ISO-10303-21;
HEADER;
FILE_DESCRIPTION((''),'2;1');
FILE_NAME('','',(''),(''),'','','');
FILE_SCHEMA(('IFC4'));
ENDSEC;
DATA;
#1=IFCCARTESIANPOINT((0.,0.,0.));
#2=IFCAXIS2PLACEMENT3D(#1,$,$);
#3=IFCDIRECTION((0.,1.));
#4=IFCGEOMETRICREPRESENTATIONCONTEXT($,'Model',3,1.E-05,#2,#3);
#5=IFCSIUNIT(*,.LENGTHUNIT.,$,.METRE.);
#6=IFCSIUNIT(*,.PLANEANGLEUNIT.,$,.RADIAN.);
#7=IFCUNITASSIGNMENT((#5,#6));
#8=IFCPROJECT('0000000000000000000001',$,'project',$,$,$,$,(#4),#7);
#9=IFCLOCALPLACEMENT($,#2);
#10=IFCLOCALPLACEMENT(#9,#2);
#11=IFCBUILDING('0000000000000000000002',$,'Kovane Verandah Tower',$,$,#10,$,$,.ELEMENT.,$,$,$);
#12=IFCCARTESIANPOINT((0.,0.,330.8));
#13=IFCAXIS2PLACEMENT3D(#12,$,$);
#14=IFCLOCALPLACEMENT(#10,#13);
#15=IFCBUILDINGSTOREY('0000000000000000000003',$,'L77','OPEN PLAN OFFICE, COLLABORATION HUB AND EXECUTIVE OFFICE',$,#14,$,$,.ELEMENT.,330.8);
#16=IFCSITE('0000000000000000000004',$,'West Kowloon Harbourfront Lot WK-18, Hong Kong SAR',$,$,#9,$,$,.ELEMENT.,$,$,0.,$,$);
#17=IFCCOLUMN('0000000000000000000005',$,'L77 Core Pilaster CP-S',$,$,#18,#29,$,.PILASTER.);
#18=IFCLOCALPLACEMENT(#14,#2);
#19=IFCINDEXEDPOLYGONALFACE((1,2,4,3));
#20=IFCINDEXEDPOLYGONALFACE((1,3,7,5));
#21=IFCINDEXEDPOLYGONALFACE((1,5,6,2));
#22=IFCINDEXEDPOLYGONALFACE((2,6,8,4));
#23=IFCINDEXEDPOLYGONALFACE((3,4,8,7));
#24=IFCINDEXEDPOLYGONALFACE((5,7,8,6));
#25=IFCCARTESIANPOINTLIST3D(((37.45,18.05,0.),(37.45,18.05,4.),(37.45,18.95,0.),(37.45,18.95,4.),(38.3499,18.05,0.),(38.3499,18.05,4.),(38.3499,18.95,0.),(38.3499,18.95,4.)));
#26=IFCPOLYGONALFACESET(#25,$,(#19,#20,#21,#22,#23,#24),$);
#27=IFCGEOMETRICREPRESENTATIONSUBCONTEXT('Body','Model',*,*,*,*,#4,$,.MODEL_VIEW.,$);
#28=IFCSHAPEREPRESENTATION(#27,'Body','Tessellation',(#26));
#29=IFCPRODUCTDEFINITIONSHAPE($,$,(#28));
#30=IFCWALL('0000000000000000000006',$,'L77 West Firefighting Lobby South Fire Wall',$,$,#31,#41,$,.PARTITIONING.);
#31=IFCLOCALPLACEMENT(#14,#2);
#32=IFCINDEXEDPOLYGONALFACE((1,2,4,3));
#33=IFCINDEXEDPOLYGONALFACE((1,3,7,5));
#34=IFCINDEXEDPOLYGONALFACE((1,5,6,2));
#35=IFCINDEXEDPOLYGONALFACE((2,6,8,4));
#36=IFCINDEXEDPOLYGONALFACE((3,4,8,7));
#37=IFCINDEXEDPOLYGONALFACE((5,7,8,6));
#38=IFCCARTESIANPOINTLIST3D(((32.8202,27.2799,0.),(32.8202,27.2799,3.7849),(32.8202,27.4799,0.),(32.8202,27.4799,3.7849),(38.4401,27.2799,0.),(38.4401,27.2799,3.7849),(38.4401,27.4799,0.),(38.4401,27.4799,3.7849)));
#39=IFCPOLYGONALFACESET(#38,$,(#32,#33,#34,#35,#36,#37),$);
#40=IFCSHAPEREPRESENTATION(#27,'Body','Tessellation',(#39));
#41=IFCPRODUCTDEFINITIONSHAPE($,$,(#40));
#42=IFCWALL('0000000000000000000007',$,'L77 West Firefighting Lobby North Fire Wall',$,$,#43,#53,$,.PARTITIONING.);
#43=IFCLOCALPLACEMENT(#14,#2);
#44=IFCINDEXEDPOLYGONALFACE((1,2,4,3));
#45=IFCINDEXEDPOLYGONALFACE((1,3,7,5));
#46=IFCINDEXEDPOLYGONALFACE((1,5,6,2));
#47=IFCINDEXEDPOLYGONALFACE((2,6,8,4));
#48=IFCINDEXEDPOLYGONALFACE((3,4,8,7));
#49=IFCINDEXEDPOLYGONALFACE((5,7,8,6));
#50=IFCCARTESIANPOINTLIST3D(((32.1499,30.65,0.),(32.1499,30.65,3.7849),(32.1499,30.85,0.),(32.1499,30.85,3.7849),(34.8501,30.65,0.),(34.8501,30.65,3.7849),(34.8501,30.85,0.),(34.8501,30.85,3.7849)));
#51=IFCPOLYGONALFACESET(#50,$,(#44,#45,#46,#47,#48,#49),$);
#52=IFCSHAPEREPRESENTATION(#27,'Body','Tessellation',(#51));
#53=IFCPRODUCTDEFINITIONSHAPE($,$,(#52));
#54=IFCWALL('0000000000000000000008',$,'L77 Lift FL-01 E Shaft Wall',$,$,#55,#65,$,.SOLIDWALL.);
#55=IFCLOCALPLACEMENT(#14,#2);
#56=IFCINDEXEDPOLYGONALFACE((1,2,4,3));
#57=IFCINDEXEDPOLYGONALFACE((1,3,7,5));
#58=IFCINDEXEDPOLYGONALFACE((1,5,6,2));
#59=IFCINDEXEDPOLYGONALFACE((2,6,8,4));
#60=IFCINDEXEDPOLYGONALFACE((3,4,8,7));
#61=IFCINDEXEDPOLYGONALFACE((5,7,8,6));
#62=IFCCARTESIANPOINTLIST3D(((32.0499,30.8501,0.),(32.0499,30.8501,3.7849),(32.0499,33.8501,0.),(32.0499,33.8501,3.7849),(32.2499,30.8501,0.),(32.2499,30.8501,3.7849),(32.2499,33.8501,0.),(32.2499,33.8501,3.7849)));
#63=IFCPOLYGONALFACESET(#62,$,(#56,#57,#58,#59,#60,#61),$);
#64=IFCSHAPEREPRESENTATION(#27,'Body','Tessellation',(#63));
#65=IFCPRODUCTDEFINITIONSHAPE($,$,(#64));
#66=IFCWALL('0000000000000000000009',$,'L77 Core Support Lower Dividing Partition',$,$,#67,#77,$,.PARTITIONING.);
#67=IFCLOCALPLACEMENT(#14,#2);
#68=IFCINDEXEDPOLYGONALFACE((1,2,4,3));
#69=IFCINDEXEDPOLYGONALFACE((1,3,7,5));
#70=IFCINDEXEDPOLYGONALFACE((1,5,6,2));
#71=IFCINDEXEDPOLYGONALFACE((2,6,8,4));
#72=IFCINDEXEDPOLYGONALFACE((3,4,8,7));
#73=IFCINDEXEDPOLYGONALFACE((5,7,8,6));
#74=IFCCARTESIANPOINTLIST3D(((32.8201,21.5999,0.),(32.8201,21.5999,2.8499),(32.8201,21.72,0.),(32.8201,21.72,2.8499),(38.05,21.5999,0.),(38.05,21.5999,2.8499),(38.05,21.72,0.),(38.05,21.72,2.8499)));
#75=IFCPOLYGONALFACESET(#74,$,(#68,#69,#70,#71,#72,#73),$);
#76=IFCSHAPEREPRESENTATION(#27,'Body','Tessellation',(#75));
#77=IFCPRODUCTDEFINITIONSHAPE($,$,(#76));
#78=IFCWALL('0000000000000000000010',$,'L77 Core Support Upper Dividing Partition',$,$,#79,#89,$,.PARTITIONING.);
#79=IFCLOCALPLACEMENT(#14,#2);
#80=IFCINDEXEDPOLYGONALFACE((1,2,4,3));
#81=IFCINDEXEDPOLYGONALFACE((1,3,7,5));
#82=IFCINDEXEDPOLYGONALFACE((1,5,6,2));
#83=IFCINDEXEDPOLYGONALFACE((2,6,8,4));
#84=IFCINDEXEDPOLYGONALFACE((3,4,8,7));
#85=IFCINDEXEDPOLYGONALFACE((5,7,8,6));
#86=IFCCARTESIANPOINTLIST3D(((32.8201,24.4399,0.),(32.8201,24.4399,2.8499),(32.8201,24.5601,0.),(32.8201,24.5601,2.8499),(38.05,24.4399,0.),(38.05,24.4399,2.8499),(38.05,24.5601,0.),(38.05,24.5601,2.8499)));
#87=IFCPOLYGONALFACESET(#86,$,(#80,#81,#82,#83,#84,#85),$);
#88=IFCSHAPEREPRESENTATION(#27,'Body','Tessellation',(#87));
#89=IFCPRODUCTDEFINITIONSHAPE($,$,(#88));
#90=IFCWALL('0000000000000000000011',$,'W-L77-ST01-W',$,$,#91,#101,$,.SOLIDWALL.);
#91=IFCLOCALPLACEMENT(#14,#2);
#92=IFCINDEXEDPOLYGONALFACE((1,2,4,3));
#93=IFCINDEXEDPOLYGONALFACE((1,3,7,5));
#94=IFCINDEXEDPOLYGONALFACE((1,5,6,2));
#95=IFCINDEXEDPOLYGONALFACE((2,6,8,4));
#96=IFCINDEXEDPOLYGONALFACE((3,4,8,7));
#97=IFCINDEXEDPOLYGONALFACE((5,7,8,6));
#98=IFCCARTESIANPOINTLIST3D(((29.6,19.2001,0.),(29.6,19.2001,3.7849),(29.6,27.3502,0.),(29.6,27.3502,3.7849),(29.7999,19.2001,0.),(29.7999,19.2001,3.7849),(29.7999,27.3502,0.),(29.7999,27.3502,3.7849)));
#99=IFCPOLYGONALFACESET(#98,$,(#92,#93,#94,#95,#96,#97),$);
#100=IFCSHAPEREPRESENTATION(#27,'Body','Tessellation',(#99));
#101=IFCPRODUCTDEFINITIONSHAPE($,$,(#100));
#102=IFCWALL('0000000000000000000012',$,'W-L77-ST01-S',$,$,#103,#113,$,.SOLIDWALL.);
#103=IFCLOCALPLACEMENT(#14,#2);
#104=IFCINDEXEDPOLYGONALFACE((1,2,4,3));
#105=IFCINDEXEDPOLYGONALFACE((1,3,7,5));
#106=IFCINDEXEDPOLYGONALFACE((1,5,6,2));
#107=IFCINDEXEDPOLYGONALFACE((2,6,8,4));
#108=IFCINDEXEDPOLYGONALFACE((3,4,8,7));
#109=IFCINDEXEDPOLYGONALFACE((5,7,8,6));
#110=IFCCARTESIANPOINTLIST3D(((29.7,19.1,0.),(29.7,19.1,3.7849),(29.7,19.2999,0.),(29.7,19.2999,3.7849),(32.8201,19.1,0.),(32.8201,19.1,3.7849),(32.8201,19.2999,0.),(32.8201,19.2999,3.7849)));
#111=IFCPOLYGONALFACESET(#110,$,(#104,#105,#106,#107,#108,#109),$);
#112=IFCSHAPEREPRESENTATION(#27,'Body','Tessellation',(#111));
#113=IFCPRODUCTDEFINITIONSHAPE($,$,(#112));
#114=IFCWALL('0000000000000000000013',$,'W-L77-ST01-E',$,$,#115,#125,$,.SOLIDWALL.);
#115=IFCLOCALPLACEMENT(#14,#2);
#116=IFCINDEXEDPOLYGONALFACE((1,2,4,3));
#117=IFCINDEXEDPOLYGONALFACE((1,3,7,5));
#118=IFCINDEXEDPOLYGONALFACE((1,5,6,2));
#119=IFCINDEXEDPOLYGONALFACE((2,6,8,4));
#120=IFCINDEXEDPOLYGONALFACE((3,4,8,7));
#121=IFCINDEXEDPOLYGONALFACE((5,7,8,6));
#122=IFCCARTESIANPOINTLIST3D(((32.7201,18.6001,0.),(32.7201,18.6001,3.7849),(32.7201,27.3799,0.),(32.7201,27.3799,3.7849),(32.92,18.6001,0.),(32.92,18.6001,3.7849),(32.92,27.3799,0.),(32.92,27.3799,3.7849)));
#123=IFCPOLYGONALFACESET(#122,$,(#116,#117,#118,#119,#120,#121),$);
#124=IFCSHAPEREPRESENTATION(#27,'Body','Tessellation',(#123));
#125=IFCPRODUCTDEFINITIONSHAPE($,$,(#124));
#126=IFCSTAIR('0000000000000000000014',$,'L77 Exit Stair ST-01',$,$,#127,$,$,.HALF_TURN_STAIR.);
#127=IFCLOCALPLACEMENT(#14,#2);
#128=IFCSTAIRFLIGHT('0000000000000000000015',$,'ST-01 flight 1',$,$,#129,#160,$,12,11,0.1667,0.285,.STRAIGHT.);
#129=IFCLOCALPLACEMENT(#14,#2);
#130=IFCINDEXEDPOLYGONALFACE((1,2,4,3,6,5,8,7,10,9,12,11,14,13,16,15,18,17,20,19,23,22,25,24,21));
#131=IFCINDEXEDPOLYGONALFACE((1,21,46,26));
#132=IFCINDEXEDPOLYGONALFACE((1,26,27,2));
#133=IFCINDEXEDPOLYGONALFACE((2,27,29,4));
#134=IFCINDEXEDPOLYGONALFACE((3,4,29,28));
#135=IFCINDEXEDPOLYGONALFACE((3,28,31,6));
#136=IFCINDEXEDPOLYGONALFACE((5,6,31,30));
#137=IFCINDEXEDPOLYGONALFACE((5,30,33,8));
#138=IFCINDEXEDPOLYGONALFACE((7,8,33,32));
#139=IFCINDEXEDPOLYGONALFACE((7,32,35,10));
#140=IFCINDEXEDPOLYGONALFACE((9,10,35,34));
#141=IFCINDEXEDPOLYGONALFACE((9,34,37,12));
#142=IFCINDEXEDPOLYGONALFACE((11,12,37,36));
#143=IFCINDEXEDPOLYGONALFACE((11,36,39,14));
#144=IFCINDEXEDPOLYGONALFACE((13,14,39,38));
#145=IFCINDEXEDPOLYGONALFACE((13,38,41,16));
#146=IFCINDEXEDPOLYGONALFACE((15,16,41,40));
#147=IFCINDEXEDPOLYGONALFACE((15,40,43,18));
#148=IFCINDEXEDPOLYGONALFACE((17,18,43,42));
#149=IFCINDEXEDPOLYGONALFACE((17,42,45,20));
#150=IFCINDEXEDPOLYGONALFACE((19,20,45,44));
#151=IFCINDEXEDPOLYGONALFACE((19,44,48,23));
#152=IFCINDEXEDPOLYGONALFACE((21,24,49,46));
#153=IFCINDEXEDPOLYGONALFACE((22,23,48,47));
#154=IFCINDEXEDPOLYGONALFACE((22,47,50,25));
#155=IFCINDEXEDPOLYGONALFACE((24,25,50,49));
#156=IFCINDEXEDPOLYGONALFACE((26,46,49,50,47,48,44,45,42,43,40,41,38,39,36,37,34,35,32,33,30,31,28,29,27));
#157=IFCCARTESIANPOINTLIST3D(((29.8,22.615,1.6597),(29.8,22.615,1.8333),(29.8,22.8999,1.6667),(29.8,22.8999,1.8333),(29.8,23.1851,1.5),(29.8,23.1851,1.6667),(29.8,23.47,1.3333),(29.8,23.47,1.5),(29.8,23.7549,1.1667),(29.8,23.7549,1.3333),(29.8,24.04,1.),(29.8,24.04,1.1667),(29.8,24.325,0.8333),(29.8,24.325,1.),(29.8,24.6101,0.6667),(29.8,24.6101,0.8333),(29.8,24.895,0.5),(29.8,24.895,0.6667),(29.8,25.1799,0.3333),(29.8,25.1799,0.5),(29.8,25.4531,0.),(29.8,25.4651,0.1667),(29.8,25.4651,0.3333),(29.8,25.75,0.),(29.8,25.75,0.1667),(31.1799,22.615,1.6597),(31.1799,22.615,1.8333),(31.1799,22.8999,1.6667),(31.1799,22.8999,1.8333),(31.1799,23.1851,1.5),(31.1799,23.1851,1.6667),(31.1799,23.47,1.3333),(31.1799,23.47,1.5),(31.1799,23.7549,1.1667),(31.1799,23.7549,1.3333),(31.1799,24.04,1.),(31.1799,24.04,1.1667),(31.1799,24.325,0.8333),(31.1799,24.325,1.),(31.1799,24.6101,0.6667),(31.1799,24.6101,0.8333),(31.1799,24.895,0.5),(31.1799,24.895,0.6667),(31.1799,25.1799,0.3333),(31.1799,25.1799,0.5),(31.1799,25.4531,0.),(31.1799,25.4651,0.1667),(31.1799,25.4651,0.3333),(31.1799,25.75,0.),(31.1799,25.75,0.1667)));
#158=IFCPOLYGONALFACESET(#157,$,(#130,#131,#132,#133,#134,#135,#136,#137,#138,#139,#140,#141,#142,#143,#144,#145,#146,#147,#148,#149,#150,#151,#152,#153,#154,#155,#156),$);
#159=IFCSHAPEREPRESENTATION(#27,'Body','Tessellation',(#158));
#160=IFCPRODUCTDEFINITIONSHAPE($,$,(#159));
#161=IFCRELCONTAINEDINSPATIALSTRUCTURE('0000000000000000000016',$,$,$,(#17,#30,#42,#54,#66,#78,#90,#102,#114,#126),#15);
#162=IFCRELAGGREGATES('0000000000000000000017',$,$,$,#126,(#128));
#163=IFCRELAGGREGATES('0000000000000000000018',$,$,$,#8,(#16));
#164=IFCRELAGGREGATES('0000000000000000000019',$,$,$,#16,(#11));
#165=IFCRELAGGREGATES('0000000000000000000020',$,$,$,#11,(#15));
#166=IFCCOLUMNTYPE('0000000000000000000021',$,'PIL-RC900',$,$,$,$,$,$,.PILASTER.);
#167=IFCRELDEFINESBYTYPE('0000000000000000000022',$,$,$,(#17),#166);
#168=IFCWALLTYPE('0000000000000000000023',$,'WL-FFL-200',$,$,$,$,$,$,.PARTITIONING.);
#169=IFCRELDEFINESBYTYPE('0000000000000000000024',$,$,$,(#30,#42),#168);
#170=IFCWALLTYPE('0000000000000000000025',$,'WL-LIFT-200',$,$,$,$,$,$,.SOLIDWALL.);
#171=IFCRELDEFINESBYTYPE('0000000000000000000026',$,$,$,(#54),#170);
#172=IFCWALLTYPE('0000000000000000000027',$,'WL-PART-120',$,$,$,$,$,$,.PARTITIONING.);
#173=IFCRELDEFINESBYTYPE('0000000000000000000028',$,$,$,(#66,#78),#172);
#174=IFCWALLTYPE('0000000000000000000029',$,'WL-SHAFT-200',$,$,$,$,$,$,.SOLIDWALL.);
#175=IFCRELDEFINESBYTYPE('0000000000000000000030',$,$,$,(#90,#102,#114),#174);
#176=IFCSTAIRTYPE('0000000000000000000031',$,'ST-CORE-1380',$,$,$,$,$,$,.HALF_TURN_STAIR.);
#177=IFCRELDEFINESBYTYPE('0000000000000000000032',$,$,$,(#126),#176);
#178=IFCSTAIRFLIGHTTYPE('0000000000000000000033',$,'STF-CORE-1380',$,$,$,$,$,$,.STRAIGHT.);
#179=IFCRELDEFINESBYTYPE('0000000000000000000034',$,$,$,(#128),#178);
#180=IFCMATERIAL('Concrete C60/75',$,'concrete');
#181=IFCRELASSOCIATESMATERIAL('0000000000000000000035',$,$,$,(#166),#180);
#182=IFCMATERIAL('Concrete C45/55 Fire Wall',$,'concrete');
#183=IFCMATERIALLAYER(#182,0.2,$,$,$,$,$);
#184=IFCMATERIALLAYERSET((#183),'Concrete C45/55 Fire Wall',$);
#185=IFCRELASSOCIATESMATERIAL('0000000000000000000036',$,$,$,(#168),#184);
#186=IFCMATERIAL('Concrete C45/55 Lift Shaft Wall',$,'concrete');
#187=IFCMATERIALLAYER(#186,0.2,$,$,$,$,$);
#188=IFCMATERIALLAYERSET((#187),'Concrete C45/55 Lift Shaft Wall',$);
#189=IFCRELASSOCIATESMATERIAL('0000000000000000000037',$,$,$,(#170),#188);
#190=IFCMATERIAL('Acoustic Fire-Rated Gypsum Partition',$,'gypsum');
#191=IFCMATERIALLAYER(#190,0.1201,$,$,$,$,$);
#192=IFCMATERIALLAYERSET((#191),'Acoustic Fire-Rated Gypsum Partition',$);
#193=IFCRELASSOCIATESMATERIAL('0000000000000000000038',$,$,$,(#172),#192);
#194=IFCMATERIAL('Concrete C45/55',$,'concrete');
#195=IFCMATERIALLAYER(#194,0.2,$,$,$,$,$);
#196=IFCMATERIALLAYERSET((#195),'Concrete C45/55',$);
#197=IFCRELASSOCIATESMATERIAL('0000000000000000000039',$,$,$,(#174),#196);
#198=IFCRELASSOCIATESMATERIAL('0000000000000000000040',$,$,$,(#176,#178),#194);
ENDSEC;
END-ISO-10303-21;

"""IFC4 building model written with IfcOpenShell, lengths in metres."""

from ifc_helpers import new_model, si_unit, direction, frame, frame_2d, origin, origin_2d, place, context, subcontext, project, spatial, polyline, rectangle, outline, extrude, material, layer, layer_set, material_profile, profile_set, type_object, element, aggregate, save


model = new_model("IFC4")

# Units and contexts
model_context = context("Model", 3, precision=1e-05, world=origin(), true_north=direction((0.0, 1.0)))
body_context = subcontext(model_context, "Body", "Model", "MODEL_VIEW")
ifc_project = project(units=[si_unit("LENGTHUNIT", "METRE"), si_unit("PLANEANGLEUNIT", "RADIAN")], contexts=[model_context])

# Site, building, storey
site_placement = place(None, origin())
site = spatial("IfcSite", under=ifc_project, at=site_placement, Name="West Kowloon Harbourfront Lot WK-18, Hong Kong SAR", CompositionType="ELEMENT", RefElevation=0.0)
building_placement = place(site_placement, origin())
building = spatial("IfcBuilding", under=site, at=building_placement, Name="Kovane Verandah Tower", CompositionType="ELEMENT")
storey_placement = place(building_placement, frame((0.0, 0.0, 330.8)))
storey = spatial("IfcBuildingStorey", under=building, at=storey_placement, Name="L77", Description="OPEN PLAN OFFICE, COLLABORATION HUB AND EXECUTIVE OFFICE", CompositionType="ELEMENT", Elevation=330.8)

# Column
ifc_material_1 = material(Name="Concrete C60/75", Category="concrete")
ifc_material_profile = material_profile(ifc_material_1, rectangle(XDim=0.8999, YDim=0.8999, at=origin_2d()), Name="RC900x900")
ifc_profile_set = profile_set([ifc_material_profile], Name="Concrete C60/75")
column_type = type_object("IfcColumnType", Name="PIL-RC900", PredefinedType="PILASTER", material=ifc_profile_set)
column_placement = place(storey_placement, frame((37.8999, 18.5, 0.0), z_axis=(0.0, 0.0, 1.0), x_axis=(1.0, 0.0, 0.0)))
element("IfcColumn", 1, at=column_placement, inside=storey, type_object=column_type, Name="L77 Core Pilaster CP-S", PredefinedType="PILASTER", context=body_context, shape_type="SweptSolid", body=[
    extrude(rectangle(XDim=0.8999, YDim=0.8999, at=origin_2d()), origin(), (0.0, 0.0, 1.0), 4.0),
])

# Shared definitions
ifc_material_2 = material(Name="Concrete C45/55 Fire Wall", Category="concrete")
ifc_layer_1 = layer(ifc_material_2, 0.2)
ifc_layer_set_1 = layer_set([ifc_layer_1], Name="Concrete C45/55 Fire Wall")
wall_type_1 = type_object("IfcWallType", Name="WL-FFL-200", PredefinedType="PARTITIONING", material=ifc_layer_set_1)

# Walls
wall_1_placement = place(storey_placement, frame((32.8201, 27.3799, 0.0), z_axis=(0.0, 0.0, 1.0), x_axis=(1.0, 0.0, 0.0)))
element("IfcWall", 2, at=wall_1_placement, inside=storey, type_object=wall_type_1, Name="L77 West Firefighting Lobby South Fire Wall", PredefinedType="PARTITIONING", context=body_context, shape_type="SweptSolid", body=[
    extrude(rectangle(XDim=5.6199, YDim=0.2, at=frame_2d((2.8101, 0.0))), origin(), (0.0, 0.0, 1.0), 3.7849),
])
wall_2_placement = place(storey_placement, frame((32.1499, 30.75, 0.0), z_axis=(0.0, 0.0, 1.0), x_axis=(1.0, 0.0, 0.0)))
element("IfcWall", 3, at=wall_2_placement, inside=storey, type_object=wall_type_1, Name="L77 West Firefighting Lobby North Fire Wall", PredefinedType="PARTITIONING", context=body_context, shape_type="SweptSolid", body=[
    extrude(rectangle(XDim=2.7002, YDim=0.2, at=frame_2d((1.3501, 0.0))), origin(), (0.0, 0.0, 1.0), 3.7849),
])
ifc_material_3 = material(Name="Concrete C45/55 Lift Shaft Wall", Category="concrete")
ifc_layer_2 = layer(ifc_material_3, 0.2)
ifc_layer_set_2 = layer_set([ifc_layer_2], Name="Concrete C45/55 Lift Shaft Wall")
wall_type_2 = type_object("IfcWallType", Name="WL-LIFT-200", PredefinedType="SOLIDWALL", material=ifc_layer_set_2)
wall_3_placement = place(storey_placement, frame((32.1499, 30.8501, 0.0), z_axis=(0.0, 0.0, 1.0), x_axis=(0.0, 1.0, 0.0)))
element("IfcWall", 4, at=wall_3_placement, inside=storey, type_object=wall_type_2, Name="L77 Lift FL-01 E Shaft Wall", PredefinedType="SOLIDWALL", context=body_context, shape_type="SweptSolid", body=[
    extrude(rectangle(XDim=3.0, YDim=0.2, at=frame_2d((1.5, 0.0))), origin(), (0.0, 0.0, 1.0), 3.7849),
])
ifc_material_4 = material(Name="Acoustic Fire-Rated Gypsum Partition", Category="gypsum")
ifc_layer_3 = layer(ifc_material_4, 0.1201)
ifc_layer_set_3 = layer_set([ifc_layer_3], Name="Acoustic Fire-Rated Gypsum Partition")
wall_type_3 = type_object("IfcWallType", Name="WL-PART-120", PredefinedType="PARTITIONING", material=ifc_layer_set_3)
for number, where, z_axis, x_axis, name in (
    (5, (32.8201, 21.6599, 0.0), (0.0, 0.0, 1.0), (1.0, 0.0, 0.0), "L77 Core Support Lower Dividing Partition"),
    (6, (32.8201, 24.5, 0.0), (0.0, 0.0, 1.0), (1.0, 0.0, 0.0), "L77 Core Support Upper Dividing Partition"),
):
    element("IfcWall", number, at=place(storey_placement, frame(where, z_axis=z_axis, x_axis=x_axis)), inside=storey, type_object=wall_type_3, Name=name, PredefinedType="PARTITIONING", context=body_context, shape_type="SweptSolid", body=[
        extrude(rectangle(XDim=5.23, YDim=0.1201, at=frame_2d((2.615, 0.0))), origin(), (0.0, 0.0, 1.0), 2.8499),
    ])
ifc_material_5 = material(Name="Concrete C45/55", Category="concrete")
ifc_layer_4 = layer(ifc_material_5, 0.2)
ifc_layer_set_4 = layer_set([ifc_layer_4], Name="Concrete C45/55")
wall_type_4 = type_object("IfcWallType", Name="WL-SHAFT-200", PredefinedType="SOLIDWALL", material=ifc_layer_set_4)
wall_4_placement = place(storey_placement, frame((29.7, 19.2, 0.0), z_axis=(0.0, 0.0, 1.0), x_axis=(0.0, 1.0, 0.0)))
element("IfcWall", 7, at=wall_4_placement, inside=storey, type_object=wall_type_4, Name="W-L77-ST01-W", PredefinedType="SOLIDWALL", context=body_context, shape_type="SweptSolid", body=[
    extrude(rectangle(XDim=8.1501, YDim=0.2, at=frame_2d((4.0752, 0.0))), origin(), (0.0, 0.0, 1.0), 3.7849),
])
wall_5_placement = place(storey_placement, frame((29.7, 19.2, 0.0), z_axis=(0.0, 0.0, 1.0), x_axis=(1.0, 0.0, 0.0)))
element("IfcWall", 8, at=wall_5_placement, inside=storey, type_object=wall_type_4, Name="W-L77-ST01-S", PredefinedType="SOLIDWALL", context=body_context, shape_type="SweptSolid", body=[
    extrude(rectangle(XDim=3.1201, YDim=0.2, at=frame_2d((1.5601, 0.0))), origin(), (0.0, 0.0, 1.0), 3.7849),
])
wall_6_placement = place(storey_placement, frame((32.8201, 18.6001, 0.0), z_axis=(0.0, 0.0, 1.0), x_axis=(0.0, 1.0, 0.0)))
element("IfcWall", 9, at=wall_6_placement, inside=storey, type_object=wall_type_4, Name="W-L77-ST01-E", PredefinedType="SOLIDWALL", context=body_context, shape_type="SweptSolid", body=[
    extrude(rectangle(XDim=8.7798, YDim=0.2, at=frame_2d((4.3899, 0.0))), origin(), (0.0, 0.0, 1.0), 3.7849),
])

# Stair, stair flight
stair_type = type_object("IfcStairType", Name="ST-CORE-1380", PredefinedType="HALF_TURN_STAIR", material=ifc_material_5)
stair_placement = place(storey_placement, origin())
stair = element("IfcStair", 10, at=stair_placement, inside=storey, type_object=stair_type, Name="L77 Exit Stair ST-01", PredefinedType="HALF_TURN_STAIR")
stair_flight_type = type_object("IfcStairFlightType", Name="STF-CORE-1380", PredefinedType="STRAIGHT", material=ifc_material_5)
stair_flight_1_placement = place(storey_placement, frame((30.49, 25.75, 0.0), z_axis=(0.0, 0.0, 1.0), x_axis=(0.0, -1.0, 0.0)))
stair_flight_1 = element("IfcStairFlight", 11, at=stair_flight_1_placement, type_object=stair_flight_type, Name="ST-01 flight 1", NumberOfRisers=12, NumberOfTreads=11, PredefinedType="STRAIGHT", RiserHeight=0.1667, TreadLength=0.285, context=body_context, shape_type="SweptSolid", body=[
    extrude(outline(polyline([(0.0, 0.0), (0.0, 0.1667), (0.2849, 0.1667), (0.2849, 0.3333), (0.5701, 0.3333), (0.5701, 0.5), (0.855, 0.5), (0.855, 0.6667), (1.1399, 0.6667), (1.1399, 0.8333), (1.425, 0.8333), (1.425, 1.0), (1.71, 1.0), (1.71, 1.1667), (1.9951, 1.1667), (1.9951, 1.3333), (2.28, 1.3333), (2.28, 1.5), (2.5649, 1.5), (2.5649, 1.6667), (2.8501, 1.6667), (2.8501, 1.8333), (3.135, 1.8333), (3.135, 2.0), (3.135, 1.6597), (0.2969, 0.0), (0.0, 0.0)])), frame((0.0, 0.6899, 0.0), z_axis=(0.0, -1.0, 0.0), x_axis=(1.0, 0.0, 0.0)), (0.0, 0.0, 1.0), 1.3799),
])
aggregate(stair, [stair_flight_1])

save(model, "model.ifc")
